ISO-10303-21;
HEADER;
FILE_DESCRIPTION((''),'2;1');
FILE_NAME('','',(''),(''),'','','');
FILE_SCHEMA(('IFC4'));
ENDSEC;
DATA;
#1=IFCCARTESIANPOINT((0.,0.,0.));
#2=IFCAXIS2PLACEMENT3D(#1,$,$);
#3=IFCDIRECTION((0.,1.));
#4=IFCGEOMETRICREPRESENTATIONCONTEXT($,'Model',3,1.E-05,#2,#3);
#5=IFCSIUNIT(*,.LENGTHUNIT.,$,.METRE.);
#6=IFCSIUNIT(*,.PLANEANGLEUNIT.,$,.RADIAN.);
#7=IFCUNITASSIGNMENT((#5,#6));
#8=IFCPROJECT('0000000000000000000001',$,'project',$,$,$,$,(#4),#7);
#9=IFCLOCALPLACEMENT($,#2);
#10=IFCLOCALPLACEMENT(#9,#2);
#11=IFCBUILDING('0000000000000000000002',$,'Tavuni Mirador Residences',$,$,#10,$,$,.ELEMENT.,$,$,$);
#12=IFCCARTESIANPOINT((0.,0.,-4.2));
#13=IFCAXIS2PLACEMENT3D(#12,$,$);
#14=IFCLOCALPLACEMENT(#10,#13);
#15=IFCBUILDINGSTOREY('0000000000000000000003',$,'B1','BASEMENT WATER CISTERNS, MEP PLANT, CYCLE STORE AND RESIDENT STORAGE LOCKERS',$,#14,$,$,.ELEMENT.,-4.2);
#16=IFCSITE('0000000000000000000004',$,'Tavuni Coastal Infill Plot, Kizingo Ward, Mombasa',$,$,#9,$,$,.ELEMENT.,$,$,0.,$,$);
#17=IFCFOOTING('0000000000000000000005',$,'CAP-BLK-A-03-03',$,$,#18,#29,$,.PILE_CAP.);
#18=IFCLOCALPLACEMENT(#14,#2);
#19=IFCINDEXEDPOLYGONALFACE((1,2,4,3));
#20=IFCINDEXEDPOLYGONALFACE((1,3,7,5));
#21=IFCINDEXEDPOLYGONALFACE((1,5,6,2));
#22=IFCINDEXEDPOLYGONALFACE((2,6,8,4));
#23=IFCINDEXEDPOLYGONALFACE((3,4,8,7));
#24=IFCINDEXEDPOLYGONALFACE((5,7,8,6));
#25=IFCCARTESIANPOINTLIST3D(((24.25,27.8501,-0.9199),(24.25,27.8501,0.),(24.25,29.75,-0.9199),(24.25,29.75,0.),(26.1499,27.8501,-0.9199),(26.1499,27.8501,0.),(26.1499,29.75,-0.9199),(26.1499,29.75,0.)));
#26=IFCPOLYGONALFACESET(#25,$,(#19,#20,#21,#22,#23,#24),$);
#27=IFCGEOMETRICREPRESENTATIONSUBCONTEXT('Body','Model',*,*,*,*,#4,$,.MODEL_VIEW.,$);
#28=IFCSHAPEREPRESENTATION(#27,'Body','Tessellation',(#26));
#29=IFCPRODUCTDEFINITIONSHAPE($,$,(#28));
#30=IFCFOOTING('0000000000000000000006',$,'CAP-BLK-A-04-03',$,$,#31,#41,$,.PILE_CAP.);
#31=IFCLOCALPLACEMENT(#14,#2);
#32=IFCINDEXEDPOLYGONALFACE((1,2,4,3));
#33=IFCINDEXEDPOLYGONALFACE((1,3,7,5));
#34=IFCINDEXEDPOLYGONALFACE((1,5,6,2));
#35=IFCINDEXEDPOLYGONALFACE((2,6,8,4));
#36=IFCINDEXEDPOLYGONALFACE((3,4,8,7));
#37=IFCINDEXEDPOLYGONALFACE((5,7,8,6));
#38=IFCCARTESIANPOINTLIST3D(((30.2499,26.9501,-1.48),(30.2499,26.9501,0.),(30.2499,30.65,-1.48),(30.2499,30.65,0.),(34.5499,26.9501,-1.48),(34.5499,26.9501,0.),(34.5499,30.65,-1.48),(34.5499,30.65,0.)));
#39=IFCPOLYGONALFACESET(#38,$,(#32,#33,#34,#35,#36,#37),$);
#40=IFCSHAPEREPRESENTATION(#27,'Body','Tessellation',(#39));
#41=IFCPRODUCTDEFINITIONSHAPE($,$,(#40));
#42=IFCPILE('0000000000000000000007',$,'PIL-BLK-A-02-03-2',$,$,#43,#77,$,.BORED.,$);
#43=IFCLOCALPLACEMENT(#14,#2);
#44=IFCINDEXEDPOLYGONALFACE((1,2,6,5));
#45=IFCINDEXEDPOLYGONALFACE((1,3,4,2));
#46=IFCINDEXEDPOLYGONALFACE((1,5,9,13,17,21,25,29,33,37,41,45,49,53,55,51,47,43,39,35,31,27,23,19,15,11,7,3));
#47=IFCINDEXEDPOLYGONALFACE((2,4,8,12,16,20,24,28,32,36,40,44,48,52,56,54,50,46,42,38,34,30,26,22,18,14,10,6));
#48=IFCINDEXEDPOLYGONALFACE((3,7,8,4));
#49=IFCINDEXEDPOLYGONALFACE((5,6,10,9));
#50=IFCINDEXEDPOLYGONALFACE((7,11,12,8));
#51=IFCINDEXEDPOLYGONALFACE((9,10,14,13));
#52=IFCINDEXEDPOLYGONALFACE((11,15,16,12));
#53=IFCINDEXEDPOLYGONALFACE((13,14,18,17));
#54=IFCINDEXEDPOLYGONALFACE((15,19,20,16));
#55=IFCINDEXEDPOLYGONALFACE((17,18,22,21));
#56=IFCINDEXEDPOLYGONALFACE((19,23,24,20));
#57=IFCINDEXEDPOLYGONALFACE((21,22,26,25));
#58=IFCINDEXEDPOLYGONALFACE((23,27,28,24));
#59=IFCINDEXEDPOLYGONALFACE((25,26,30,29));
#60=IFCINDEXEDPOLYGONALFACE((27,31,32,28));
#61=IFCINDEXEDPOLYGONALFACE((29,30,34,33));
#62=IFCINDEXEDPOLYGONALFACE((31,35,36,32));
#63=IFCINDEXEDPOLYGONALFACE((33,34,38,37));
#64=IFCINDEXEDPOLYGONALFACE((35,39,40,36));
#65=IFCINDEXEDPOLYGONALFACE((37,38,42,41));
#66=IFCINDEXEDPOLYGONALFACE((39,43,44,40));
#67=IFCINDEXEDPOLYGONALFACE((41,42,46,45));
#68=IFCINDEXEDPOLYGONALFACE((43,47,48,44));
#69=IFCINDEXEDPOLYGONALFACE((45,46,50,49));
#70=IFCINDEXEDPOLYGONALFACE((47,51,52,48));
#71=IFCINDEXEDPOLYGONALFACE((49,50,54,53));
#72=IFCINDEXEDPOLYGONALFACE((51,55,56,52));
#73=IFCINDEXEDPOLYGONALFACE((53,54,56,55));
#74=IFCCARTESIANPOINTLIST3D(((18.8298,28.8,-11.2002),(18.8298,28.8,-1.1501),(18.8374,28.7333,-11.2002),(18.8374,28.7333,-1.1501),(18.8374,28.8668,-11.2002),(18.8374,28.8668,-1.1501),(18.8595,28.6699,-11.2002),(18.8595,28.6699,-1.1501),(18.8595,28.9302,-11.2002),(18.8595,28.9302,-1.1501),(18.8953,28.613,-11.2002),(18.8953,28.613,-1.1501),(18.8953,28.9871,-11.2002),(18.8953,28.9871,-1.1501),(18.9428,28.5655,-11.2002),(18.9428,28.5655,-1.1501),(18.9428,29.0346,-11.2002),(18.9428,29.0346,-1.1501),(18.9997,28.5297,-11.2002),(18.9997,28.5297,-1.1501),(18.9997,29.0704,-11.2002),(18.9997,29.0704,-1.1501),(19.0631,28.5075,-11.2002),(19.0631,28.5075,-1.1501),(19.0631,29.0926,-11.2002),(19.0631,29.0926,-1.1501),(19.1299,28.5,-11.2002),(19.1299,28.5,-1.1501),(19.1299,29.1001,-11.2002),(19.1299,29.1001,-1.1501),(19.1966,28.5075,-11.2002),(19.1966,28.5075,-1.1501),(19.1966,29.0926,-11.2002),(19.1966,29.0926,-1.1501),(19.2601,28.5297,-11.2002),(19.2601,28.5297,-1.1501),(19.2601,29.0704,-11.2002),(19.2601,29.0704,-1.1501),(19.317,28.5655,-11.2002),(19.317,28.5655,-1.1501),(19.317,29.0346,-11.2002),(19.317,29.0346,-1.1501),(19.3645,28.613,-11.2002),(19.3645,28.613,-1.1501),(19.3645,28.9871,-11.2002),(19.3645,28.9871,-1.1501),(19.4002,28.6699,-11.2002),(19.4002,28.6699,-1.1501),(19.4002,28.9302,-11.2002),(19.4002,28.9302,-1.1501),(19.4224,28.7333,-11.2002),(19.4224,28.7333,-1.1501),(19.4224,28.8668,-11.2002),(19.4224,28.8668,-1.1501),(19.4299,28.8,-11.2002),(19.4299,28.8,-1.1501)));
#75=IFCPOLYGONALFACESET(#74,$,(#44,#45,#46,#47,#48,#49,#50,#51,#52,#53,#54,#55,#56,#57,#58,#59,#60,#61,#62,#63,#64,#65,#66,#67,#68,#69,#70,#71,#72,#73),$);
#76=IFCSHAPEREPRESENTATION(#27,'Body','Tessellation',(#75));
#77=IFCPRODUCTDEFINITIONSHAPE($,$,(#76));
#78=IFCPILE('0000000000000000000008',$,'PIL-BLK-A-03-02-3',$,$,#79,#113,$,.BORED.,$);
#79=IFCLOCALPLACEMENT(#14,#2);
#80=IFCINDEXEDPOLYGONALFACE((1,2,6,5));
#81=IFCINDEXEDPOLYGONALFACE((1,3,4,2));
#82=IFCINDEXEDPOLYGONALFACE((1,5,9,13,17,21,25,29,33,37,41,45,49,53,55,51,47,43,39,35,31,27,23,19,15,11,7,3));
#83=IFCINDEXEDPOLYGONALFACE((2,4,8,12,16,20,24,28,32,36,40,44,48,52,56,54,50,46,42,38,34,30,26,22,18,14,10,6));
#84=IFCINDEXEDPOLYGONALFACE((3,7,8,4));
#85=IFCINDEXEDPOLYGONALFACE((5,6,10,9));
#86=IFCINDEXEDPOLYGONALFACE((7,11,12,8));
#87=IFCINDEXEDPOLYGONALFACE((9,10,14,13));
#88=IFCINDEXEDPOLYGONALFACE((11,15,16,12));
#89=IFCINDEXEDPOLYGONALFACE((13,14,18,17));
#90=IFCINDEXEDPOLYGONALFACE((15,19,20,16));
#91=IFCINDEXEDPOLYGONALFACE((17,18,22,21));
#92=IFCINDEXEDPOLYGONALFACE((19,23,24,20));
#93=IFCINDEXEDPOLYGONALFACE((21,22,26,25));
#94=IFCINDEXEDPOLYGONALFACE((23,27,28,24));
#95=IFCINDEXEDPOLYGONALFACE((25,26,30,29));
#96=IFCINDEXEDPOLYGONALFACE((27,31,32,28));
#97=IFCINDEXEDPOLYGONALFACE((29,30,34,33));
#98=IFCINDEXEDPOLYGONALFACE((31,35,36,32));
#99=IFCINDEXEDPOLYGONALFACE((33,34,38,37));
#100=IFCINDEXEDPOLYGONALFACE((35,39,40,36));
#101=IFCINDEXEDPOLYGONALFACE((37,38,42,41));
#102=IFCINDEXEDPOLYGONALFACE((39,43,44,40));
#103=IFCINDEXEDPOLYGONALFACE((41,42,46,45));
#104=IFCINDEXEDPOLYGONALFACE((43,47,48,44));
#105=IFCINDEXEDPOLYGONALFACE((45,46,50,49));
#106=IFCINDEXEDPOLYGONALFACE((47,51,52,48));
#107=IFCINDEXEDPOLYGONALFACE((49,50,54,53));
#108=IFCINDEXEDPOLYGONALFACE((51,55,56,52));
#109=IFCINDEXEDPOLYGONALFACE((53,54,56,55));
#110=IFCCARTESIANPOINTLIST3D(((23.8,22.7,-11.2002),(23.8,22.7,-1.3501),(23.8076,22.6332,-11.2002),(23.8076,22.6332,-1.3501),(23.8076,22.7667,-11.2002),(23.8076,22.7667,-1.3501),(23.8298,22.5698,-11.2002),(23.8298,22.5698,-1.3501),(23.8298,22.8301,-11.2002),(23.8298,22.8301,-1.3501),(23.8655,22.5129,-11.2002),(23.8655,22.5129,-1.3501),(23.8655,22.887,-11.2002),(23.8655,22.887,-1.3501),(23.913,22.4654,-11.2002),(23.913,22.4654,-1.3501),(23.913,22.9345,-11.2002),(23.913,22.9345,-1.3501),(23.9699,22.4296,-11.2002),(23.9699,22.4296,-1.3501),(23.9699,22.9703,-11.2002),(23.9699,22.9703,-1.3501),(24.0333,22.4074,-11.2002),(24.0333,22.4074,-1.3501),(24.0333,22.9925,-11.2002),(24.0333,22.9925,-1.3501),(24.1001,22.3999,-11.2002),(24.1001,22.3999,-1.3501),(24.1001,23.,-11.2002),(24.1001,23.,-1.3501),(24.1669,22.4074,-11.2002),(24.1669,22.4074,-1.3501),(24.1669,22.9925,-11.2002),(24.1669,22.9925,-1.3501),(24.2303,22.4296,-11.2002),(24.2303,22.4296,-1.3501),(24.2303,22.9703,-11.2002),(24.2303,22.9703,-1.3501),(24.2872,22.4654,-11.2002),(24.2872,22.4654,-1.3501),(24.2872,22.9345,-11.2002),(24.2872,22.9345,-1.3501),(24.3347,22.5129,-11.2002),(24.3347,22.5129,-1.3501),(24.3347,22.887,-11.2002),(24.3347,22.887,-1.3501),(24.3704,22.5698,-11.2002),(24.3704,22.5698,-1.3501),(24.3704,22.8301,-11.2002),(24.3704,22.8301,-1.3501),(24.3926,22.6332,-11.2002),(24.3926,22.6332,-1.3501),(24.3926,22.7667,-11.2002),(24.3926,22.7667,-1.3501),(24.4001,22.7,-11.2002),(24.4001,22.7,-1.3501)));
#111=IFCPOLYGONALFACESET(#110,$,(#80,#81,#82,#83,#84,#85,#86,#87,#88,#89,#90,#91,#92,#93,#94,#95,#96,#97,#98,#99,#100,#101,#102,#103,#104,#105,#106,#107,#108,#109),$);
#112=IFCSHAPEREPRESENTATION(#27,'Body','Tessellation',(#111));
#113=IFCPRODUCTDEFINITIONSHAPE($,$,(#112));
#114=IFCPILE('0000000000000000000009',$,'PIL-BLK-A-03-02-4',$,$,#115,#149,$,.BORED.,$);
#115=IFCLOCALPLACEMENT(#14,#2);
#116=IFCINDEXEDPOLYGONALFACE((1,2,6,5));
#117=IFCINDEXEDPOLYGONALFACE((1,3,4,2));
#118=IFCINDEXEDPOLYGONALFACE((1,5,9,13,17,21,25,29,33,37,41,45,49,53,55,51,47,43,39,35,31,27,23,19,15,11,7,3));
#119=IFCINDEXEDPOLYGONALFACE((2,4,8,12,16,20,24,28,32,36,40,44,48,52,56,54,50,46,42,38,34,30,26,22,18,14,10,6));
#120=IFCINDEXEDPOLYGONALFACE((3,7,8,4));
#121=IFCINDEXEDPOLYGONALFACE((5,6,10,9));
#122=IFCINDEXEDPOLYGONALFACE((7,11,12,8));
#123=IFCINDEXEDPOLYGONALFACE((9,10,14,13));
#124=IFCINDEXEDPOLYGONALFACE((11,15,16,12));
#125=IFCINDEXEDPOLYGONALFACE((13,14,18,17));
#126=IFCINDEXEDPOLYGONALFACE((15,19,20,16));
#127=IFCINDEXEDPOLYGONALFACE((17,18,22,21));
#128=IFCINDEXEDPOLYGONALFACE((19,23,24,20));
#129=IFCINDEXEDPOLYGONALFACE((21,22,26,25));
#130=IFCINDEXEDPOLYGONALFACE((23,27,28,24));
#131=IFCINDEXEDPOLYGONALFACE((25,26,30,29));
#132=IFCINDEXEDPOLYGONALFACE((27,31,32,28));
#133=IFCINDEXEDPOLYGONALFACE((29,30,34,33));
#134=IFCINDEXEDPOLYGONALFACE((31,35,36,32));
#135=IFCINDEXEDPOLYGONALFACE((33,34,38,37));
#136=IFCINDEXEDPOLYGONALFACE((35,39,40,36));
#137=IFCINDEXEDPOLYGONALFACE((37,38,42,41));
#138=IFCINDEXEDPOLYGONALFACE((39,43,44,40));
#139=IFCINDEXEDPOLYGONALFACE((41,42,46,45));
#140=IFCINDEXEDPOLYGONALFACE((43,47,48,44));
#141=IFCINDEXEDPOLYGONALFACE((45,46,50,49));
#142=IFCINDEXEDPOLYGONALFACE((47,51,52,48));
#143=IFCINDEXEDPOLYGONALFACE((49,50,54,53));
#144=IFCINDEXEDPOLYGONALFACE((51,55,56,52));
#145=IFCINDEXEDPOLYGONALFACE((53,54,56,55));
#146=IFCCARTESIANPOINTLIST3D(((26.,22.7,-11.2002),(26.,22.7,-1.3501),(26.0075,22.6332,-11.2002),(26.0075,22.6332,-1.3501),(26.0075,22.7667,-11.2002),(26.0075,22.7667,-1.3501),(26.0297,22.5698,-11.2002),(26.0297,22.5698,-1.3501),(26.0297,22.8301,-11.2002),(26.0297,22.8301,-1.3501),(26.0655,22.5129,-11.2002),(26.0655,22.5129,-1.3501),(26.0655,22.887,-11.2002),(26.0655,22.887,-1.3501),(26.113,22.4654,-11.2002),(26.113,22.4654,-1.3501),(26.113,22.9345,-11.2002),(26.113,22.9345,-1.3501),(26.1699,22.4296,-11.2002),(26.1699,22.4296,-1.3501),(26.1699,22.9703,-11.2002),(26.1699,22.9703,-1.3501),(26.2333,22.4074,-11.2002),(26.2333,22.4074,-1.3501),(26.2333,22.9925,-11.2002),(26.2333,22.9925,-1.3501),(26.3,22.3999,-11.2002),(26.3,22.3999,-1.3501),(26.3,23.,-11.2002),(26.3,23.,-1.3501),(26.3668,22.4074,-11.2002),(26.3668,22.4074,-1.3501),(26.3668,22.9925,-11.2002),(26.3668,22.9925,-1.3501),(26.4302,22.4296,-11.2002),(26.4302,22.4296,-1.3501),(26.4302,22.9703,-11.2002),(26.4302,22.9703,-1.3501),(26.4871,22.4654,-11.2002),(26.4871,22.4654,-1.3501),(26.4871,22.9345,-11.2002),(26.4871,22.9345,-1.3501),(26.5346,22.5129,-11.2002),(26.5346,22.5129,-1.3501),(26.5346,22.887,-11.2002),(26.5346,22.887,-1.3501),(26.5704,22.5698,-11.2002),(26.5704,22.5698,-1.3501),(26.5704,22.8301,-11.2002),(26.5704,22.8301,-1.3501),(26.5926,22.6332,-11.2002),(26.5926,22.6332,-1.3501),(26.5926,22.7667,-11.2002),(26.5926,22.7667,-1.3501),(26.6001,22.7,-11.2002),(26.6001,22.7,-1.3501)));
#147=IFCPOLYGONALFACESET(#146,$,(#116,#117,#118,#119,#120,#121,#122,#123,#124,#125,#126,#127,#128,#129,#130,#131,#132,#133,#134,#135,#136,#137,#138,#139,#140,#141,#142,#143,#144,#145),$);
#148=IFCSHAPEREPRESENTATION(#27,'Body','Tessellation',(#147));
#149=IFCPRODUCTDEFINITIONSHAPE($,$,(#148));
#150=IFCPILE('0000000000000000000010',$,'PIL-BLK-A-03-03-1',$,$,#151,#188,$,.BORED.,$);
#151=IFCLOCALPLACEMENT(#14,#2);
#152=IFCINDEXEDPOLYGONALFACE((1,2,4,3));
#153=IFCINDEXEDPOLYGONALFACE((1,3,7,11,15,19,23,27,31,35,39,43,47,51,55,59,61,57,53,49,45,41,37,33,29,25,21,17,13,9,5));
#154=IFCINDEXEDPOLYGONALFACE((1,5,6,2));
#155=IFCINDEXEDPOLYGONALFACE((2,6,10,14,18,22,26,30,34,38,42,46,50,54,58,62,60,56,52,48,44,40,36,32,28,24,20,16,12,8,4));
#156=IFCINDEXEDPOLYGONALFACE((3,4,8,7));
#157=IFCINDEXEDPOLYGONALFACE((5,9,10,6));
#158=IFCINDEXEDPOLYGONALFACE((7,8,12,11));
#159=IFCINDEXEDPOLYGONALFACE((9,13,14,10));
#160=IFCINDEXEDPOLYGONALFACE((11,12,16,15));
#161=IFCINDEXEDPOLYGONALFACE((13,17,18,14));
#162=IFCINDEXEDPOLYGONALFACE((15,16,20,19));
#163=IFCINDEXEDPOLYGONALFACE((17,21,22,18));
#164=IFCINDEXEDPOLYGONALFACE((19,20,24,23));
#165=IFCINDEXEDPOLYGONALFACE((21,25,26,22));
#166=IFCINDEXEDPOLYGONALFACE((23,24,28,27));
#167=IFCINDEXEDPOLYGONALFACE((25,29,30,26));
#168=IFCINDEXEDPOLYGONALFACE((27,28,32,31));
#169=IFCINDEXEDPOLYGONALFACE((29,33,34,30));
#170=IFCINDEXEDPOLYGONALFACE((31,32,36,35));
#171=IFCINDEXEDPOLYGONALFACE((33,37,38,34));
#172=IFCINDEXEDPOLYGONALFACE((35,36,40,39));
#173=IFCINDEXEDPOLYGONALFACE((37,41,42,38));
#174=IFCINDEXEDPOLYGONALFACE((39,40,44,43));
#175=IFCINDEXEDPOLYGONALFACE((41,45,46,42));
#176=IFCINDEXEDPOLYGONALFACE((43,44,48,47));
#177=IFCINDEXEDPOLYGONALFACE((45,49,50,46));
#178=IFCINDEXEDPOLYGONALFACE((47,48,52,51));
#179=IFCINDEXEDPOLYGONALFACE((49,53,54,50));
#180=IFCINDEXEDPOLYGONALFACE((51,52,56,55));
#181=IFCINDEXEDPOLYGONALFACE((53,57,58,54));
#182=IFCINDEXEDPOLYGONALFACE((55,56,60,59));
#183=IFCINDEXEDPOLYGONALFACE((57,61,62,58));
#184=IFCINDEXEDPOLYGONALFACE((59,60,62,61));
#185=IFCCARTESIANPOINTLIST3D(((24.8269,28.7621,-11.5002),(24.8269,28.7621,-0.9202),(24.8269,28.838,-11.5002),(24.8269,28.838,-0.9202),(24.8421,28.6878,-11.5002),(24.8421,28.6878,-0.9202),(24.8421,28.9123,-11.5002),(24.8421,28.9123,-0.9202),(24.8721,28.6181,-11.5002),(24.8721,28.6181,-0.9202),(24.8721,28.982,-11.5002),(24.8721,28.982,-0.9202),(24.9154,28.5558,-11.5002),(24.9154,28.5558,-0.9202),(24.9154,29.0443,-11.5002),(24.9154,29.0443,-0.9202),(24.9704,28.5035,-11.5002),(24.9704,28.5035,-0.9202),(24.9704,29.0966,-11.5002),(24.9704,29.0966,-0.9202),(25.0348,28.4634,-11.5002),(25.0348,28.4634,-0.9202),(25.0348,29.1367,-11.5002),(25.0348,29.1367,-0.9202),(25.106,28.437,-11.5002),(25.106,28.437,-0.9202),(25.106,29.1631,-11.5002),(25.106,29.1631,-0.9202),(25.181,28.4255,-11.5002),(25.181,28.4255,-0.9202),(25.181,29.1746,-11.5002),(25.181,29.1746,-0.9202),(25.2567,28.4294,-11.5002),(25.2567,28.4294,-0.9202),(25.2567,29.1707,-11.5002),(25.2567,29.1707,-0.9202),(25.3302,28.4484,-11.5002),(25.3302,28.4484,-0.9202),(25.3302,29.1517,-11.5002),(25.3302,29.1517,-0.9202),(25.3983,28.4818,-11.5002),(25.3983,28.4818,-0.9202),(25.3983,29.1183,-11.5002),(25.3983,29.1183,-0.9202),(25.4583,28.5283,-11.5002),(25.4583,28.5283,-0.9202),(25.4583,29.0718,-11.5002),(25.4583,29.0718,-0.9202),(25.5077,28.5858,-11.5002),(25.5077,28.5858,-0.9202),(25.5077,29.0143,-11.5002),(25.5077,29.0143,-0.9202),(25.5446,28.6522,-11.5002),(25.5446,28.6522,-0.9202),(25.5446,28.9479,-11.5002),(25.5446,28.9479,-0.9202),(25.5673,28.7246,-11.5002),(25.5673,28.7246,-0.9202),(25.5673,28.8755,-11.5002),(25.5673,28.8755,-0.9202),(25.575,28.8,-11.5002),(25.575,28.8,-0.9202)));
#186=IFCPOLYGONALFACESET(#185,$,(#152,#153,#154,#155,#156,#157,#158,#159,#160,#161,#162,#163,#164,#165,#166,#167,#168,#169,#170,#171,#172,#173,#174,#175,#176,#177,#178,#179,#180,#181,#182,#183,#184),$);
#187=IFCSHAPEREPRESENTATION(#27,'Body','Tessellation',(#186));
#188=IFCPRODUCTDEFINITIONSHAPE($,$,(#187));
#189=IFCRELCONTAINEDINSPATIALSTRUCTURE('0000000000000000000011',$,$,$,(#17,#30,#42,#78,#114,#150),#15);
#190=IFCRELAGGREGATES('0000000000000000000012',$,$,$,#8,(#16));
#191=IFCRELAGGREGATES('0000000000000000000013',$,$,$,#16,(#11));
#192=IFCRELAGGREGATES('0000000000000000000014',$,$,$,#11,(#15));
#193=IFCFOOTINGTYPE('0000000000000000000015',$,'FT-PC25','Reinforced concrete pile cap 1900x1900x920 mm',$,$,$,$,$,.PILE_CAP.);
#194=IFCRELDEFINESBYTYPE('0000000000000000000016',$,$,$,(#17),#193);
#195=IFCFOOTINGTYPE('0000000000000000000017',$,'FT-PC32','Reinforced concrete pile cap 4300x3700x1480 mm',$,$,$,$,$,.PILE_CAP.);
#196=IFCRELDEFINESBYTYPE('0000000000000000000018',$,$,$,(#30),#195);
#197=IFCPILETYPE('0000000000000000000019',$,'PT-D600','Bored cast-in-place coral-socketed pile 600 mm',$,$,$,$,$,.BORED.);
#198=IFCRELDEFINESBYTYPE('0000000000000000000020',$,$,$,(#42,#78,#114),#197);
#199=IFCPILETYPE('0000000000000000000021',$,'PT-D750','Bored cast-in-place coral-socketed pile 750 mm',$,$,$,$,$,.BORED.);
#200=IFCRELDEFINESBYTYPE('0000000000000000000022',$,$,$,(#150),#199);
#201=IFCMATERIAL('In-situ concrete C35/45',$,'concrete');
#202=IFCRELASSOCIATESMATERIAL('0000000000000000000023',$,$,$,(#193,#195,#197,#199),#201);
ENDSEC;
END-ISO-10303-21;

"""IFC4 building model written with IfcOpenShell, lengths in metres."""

from ifc_helpers import new_model, si_unit, direction, frame, origin, origin_2d, place, context, subcontext, project, spatial, rectangle, circle, extrude, material, material_profile, profile_set, type_object, element, save


model = new_model("IFC4")

# Units and contexts
model_context = context("Model", 3, precision=1e-05, world=origin(), true_north=direction((0.0, 1.0)))
body_context = subcontext(model_context, "Body", "Model", "MODEL_VIEW")
ifc_project = project(units=[si_unit("LENGTHUNIT", "METRE"), si_unit("PLANEANGLEUNIT", "RADIAN")], contexts=[model_context])

# Site, building, storey
site_placement = place(None, origin())
site = spatial("IfcSite", under=ifc_project, at=site_placement, Name="Tavuni Coastal Infill Plot, Kizingo Ward, Mombasa", CompositionType="ELEMENT", RefElevation=0.0)
building_placement = place(site_placement, origin())
building = spatial("IfcBuilding", under=site, at=building_placement, Name="Tavuni Mirador Residences", CompositionType="ELEMENT")
storey_placement = place(building_placement, frame((0.0, 0.0, -4.2)))
storey = spatial("IfcBuildingStorey", under=building, at=storey_placement, Name="B1", Description="BASEMENT WATER CISTERNS, MEP PLANT, CYCLE STORE AND RESIDENT STORAGE LOCKERS", CompositionType="ELEMENT", Elevation=-4.2)

# Footings
ifc_material_1 = material(Name="In-situ concrete C35/45", Category="concrete")
footing_type_1 = type_object("IfcFootingType", Name="FT-PC25", Description="Reinforced concrete pile cap 1900x1900x920 mm", PredefinedType="PILE_CAP", material=ifc_material_1)
footing_1_placement = place(storey_placement, frame((25.2, 28.8, -0.9199), z_axis=(0.0, 0.0, 1.0), x_axis=(1.0, 0.0, 0.0)))
element("IfcFooting", 1, at=footing_1_placement, inside=storey, type_object=footing_type_1, Name="CAP-BLK-A-03-03", PredefinedType="PILE_CAP", context=body_context, shape_type="SweptSolid", body=[
    extrude(rectangle(XDim=1.8999, YDim=1.8999, at=origin_2d()), origin(), (0.0, 0.0, 1.0), 0.9199),
])
footing_type_2 = type_object("IfcFootingType", Name="FT-PC32", Description="Reinforced concrete pile cap 4300x3700x1480 mm", PredefinedType="PILE_CAP", material=ifc_material_1)
footing_2_placement = place(storey_placement, frame((32.3999, 28.8, -1.48), z_axis=(0.0, 0.0, 1.0), x_axis=(1.0, 0.0, 0.0)))
element("IfcFooting", 2, at=footing_2_placement, inside=storey, type_object=footing_type_2, Name="CAP-BLK-A-04-03", PredefinedType="PILE_CAP", context=body_context, shape_type="SweptSolid", body=[
    extrude(rectangle(XDim=4.3, YDim=3.7, at=origin_2d()), origin(), (0.0, 0.0, 1.0), 1.48),
])

# Piles
ifc_material_profile_1 = material_profile(ifc_material_1, circle(Radius=0.3, at=origin_2d()), Name="PILE D600", Category="concrete")
ifc_profile_set_1 = profile_set([ifc_material_profile_1], Name="In-situ concrete C35/45")
pile_type_1 = type_object("IfcPileType", Name="PT-D600", Description="Bored cast-in-place coral-socketed pile 600 mm", PredefinedType="BORED", material=ifc_profile_set_1)
pile_1_placement = place(storey_placement, frame((19.1299, 28.8, -1.1501), z_axis=(0.0, 0.0, -1.0), x_axis=(1.0, 0.0, 0.0)))
element("IfcPile", 3, at=pile_1_placement, inside=storey, type_object=pile_type_1, Name="PIL-BLK-A-02-03-2", PredefinedType="BORED", context=body_context, shape_type="SweptSolid", body=[
    extrude(circle(Radius=0.3, at=origin_2d()), origin(), (0.0, 0.0, 1.0), 10.05),
])
for number, where, z_axis, x_axis, name in (
    (4, (24.1001, 22.7, -1.3501), (0.0, 0.0, -1.0), (1.0, 0.0, 0.0), "PIL-BLK-A-03-02-3"),
    (5, (26.3, 22.7, -1.3501), (0.0, 0.0, -1.0), (1.0, 0.0, 0.0), "PIL-BLK-A-03-02-4"),
):
    element("IfcPile", number, at=place(storey_placement, frame(where, z_axis=z_axis, x_axis=x_axis)), inside=storey, type_object=pile_type_1, Name=name, PredefinedType="BORED", context=body_context, shape_type="SweptSolid", body=[
        extrude(circle(Radius=0.3, at=origin_2d()), origin(), (0.0, 0.0, 1.0), 9.8501),
    ])
ifc_material_profile_2 = material_profile(ifc_material_1, circle(Radius=0.375, at=origin_2d()), Name="PILE D750", Category="concrete")
ifc_profile_set_2 = profile_set([ifc_material_profile_2], Name="In-situ concrete C35/45")
pile_type_2 = type_object("IfcPileType", Name="PT-D750", Description="Bored cast-in-place coral-socketed pile 750 mm", PredefinedType="BORED", material=ifc_profile_set_2)
pile_2_placement = place(storey_placement, frame((25.2, 28.8, -0.9202), z_axis=(0.0, 0.0, -1.0), x_axis=(1.0, 0.0, 0.0)))
element("IfcPile", 6, at=pile_2_placement, inside=storey, type_object=pile_type_2, Name="PIL-BLK-A-03-03-1", PredefinedType="BORED", context=body_context, shape_type="SweptSolid", body=[
    extrude(circle(Radius=0.375, at=origin_2d()), origin(), (0.0, 0.0, 1.0), 10.5801),
])

save(model, "model.ifc")
